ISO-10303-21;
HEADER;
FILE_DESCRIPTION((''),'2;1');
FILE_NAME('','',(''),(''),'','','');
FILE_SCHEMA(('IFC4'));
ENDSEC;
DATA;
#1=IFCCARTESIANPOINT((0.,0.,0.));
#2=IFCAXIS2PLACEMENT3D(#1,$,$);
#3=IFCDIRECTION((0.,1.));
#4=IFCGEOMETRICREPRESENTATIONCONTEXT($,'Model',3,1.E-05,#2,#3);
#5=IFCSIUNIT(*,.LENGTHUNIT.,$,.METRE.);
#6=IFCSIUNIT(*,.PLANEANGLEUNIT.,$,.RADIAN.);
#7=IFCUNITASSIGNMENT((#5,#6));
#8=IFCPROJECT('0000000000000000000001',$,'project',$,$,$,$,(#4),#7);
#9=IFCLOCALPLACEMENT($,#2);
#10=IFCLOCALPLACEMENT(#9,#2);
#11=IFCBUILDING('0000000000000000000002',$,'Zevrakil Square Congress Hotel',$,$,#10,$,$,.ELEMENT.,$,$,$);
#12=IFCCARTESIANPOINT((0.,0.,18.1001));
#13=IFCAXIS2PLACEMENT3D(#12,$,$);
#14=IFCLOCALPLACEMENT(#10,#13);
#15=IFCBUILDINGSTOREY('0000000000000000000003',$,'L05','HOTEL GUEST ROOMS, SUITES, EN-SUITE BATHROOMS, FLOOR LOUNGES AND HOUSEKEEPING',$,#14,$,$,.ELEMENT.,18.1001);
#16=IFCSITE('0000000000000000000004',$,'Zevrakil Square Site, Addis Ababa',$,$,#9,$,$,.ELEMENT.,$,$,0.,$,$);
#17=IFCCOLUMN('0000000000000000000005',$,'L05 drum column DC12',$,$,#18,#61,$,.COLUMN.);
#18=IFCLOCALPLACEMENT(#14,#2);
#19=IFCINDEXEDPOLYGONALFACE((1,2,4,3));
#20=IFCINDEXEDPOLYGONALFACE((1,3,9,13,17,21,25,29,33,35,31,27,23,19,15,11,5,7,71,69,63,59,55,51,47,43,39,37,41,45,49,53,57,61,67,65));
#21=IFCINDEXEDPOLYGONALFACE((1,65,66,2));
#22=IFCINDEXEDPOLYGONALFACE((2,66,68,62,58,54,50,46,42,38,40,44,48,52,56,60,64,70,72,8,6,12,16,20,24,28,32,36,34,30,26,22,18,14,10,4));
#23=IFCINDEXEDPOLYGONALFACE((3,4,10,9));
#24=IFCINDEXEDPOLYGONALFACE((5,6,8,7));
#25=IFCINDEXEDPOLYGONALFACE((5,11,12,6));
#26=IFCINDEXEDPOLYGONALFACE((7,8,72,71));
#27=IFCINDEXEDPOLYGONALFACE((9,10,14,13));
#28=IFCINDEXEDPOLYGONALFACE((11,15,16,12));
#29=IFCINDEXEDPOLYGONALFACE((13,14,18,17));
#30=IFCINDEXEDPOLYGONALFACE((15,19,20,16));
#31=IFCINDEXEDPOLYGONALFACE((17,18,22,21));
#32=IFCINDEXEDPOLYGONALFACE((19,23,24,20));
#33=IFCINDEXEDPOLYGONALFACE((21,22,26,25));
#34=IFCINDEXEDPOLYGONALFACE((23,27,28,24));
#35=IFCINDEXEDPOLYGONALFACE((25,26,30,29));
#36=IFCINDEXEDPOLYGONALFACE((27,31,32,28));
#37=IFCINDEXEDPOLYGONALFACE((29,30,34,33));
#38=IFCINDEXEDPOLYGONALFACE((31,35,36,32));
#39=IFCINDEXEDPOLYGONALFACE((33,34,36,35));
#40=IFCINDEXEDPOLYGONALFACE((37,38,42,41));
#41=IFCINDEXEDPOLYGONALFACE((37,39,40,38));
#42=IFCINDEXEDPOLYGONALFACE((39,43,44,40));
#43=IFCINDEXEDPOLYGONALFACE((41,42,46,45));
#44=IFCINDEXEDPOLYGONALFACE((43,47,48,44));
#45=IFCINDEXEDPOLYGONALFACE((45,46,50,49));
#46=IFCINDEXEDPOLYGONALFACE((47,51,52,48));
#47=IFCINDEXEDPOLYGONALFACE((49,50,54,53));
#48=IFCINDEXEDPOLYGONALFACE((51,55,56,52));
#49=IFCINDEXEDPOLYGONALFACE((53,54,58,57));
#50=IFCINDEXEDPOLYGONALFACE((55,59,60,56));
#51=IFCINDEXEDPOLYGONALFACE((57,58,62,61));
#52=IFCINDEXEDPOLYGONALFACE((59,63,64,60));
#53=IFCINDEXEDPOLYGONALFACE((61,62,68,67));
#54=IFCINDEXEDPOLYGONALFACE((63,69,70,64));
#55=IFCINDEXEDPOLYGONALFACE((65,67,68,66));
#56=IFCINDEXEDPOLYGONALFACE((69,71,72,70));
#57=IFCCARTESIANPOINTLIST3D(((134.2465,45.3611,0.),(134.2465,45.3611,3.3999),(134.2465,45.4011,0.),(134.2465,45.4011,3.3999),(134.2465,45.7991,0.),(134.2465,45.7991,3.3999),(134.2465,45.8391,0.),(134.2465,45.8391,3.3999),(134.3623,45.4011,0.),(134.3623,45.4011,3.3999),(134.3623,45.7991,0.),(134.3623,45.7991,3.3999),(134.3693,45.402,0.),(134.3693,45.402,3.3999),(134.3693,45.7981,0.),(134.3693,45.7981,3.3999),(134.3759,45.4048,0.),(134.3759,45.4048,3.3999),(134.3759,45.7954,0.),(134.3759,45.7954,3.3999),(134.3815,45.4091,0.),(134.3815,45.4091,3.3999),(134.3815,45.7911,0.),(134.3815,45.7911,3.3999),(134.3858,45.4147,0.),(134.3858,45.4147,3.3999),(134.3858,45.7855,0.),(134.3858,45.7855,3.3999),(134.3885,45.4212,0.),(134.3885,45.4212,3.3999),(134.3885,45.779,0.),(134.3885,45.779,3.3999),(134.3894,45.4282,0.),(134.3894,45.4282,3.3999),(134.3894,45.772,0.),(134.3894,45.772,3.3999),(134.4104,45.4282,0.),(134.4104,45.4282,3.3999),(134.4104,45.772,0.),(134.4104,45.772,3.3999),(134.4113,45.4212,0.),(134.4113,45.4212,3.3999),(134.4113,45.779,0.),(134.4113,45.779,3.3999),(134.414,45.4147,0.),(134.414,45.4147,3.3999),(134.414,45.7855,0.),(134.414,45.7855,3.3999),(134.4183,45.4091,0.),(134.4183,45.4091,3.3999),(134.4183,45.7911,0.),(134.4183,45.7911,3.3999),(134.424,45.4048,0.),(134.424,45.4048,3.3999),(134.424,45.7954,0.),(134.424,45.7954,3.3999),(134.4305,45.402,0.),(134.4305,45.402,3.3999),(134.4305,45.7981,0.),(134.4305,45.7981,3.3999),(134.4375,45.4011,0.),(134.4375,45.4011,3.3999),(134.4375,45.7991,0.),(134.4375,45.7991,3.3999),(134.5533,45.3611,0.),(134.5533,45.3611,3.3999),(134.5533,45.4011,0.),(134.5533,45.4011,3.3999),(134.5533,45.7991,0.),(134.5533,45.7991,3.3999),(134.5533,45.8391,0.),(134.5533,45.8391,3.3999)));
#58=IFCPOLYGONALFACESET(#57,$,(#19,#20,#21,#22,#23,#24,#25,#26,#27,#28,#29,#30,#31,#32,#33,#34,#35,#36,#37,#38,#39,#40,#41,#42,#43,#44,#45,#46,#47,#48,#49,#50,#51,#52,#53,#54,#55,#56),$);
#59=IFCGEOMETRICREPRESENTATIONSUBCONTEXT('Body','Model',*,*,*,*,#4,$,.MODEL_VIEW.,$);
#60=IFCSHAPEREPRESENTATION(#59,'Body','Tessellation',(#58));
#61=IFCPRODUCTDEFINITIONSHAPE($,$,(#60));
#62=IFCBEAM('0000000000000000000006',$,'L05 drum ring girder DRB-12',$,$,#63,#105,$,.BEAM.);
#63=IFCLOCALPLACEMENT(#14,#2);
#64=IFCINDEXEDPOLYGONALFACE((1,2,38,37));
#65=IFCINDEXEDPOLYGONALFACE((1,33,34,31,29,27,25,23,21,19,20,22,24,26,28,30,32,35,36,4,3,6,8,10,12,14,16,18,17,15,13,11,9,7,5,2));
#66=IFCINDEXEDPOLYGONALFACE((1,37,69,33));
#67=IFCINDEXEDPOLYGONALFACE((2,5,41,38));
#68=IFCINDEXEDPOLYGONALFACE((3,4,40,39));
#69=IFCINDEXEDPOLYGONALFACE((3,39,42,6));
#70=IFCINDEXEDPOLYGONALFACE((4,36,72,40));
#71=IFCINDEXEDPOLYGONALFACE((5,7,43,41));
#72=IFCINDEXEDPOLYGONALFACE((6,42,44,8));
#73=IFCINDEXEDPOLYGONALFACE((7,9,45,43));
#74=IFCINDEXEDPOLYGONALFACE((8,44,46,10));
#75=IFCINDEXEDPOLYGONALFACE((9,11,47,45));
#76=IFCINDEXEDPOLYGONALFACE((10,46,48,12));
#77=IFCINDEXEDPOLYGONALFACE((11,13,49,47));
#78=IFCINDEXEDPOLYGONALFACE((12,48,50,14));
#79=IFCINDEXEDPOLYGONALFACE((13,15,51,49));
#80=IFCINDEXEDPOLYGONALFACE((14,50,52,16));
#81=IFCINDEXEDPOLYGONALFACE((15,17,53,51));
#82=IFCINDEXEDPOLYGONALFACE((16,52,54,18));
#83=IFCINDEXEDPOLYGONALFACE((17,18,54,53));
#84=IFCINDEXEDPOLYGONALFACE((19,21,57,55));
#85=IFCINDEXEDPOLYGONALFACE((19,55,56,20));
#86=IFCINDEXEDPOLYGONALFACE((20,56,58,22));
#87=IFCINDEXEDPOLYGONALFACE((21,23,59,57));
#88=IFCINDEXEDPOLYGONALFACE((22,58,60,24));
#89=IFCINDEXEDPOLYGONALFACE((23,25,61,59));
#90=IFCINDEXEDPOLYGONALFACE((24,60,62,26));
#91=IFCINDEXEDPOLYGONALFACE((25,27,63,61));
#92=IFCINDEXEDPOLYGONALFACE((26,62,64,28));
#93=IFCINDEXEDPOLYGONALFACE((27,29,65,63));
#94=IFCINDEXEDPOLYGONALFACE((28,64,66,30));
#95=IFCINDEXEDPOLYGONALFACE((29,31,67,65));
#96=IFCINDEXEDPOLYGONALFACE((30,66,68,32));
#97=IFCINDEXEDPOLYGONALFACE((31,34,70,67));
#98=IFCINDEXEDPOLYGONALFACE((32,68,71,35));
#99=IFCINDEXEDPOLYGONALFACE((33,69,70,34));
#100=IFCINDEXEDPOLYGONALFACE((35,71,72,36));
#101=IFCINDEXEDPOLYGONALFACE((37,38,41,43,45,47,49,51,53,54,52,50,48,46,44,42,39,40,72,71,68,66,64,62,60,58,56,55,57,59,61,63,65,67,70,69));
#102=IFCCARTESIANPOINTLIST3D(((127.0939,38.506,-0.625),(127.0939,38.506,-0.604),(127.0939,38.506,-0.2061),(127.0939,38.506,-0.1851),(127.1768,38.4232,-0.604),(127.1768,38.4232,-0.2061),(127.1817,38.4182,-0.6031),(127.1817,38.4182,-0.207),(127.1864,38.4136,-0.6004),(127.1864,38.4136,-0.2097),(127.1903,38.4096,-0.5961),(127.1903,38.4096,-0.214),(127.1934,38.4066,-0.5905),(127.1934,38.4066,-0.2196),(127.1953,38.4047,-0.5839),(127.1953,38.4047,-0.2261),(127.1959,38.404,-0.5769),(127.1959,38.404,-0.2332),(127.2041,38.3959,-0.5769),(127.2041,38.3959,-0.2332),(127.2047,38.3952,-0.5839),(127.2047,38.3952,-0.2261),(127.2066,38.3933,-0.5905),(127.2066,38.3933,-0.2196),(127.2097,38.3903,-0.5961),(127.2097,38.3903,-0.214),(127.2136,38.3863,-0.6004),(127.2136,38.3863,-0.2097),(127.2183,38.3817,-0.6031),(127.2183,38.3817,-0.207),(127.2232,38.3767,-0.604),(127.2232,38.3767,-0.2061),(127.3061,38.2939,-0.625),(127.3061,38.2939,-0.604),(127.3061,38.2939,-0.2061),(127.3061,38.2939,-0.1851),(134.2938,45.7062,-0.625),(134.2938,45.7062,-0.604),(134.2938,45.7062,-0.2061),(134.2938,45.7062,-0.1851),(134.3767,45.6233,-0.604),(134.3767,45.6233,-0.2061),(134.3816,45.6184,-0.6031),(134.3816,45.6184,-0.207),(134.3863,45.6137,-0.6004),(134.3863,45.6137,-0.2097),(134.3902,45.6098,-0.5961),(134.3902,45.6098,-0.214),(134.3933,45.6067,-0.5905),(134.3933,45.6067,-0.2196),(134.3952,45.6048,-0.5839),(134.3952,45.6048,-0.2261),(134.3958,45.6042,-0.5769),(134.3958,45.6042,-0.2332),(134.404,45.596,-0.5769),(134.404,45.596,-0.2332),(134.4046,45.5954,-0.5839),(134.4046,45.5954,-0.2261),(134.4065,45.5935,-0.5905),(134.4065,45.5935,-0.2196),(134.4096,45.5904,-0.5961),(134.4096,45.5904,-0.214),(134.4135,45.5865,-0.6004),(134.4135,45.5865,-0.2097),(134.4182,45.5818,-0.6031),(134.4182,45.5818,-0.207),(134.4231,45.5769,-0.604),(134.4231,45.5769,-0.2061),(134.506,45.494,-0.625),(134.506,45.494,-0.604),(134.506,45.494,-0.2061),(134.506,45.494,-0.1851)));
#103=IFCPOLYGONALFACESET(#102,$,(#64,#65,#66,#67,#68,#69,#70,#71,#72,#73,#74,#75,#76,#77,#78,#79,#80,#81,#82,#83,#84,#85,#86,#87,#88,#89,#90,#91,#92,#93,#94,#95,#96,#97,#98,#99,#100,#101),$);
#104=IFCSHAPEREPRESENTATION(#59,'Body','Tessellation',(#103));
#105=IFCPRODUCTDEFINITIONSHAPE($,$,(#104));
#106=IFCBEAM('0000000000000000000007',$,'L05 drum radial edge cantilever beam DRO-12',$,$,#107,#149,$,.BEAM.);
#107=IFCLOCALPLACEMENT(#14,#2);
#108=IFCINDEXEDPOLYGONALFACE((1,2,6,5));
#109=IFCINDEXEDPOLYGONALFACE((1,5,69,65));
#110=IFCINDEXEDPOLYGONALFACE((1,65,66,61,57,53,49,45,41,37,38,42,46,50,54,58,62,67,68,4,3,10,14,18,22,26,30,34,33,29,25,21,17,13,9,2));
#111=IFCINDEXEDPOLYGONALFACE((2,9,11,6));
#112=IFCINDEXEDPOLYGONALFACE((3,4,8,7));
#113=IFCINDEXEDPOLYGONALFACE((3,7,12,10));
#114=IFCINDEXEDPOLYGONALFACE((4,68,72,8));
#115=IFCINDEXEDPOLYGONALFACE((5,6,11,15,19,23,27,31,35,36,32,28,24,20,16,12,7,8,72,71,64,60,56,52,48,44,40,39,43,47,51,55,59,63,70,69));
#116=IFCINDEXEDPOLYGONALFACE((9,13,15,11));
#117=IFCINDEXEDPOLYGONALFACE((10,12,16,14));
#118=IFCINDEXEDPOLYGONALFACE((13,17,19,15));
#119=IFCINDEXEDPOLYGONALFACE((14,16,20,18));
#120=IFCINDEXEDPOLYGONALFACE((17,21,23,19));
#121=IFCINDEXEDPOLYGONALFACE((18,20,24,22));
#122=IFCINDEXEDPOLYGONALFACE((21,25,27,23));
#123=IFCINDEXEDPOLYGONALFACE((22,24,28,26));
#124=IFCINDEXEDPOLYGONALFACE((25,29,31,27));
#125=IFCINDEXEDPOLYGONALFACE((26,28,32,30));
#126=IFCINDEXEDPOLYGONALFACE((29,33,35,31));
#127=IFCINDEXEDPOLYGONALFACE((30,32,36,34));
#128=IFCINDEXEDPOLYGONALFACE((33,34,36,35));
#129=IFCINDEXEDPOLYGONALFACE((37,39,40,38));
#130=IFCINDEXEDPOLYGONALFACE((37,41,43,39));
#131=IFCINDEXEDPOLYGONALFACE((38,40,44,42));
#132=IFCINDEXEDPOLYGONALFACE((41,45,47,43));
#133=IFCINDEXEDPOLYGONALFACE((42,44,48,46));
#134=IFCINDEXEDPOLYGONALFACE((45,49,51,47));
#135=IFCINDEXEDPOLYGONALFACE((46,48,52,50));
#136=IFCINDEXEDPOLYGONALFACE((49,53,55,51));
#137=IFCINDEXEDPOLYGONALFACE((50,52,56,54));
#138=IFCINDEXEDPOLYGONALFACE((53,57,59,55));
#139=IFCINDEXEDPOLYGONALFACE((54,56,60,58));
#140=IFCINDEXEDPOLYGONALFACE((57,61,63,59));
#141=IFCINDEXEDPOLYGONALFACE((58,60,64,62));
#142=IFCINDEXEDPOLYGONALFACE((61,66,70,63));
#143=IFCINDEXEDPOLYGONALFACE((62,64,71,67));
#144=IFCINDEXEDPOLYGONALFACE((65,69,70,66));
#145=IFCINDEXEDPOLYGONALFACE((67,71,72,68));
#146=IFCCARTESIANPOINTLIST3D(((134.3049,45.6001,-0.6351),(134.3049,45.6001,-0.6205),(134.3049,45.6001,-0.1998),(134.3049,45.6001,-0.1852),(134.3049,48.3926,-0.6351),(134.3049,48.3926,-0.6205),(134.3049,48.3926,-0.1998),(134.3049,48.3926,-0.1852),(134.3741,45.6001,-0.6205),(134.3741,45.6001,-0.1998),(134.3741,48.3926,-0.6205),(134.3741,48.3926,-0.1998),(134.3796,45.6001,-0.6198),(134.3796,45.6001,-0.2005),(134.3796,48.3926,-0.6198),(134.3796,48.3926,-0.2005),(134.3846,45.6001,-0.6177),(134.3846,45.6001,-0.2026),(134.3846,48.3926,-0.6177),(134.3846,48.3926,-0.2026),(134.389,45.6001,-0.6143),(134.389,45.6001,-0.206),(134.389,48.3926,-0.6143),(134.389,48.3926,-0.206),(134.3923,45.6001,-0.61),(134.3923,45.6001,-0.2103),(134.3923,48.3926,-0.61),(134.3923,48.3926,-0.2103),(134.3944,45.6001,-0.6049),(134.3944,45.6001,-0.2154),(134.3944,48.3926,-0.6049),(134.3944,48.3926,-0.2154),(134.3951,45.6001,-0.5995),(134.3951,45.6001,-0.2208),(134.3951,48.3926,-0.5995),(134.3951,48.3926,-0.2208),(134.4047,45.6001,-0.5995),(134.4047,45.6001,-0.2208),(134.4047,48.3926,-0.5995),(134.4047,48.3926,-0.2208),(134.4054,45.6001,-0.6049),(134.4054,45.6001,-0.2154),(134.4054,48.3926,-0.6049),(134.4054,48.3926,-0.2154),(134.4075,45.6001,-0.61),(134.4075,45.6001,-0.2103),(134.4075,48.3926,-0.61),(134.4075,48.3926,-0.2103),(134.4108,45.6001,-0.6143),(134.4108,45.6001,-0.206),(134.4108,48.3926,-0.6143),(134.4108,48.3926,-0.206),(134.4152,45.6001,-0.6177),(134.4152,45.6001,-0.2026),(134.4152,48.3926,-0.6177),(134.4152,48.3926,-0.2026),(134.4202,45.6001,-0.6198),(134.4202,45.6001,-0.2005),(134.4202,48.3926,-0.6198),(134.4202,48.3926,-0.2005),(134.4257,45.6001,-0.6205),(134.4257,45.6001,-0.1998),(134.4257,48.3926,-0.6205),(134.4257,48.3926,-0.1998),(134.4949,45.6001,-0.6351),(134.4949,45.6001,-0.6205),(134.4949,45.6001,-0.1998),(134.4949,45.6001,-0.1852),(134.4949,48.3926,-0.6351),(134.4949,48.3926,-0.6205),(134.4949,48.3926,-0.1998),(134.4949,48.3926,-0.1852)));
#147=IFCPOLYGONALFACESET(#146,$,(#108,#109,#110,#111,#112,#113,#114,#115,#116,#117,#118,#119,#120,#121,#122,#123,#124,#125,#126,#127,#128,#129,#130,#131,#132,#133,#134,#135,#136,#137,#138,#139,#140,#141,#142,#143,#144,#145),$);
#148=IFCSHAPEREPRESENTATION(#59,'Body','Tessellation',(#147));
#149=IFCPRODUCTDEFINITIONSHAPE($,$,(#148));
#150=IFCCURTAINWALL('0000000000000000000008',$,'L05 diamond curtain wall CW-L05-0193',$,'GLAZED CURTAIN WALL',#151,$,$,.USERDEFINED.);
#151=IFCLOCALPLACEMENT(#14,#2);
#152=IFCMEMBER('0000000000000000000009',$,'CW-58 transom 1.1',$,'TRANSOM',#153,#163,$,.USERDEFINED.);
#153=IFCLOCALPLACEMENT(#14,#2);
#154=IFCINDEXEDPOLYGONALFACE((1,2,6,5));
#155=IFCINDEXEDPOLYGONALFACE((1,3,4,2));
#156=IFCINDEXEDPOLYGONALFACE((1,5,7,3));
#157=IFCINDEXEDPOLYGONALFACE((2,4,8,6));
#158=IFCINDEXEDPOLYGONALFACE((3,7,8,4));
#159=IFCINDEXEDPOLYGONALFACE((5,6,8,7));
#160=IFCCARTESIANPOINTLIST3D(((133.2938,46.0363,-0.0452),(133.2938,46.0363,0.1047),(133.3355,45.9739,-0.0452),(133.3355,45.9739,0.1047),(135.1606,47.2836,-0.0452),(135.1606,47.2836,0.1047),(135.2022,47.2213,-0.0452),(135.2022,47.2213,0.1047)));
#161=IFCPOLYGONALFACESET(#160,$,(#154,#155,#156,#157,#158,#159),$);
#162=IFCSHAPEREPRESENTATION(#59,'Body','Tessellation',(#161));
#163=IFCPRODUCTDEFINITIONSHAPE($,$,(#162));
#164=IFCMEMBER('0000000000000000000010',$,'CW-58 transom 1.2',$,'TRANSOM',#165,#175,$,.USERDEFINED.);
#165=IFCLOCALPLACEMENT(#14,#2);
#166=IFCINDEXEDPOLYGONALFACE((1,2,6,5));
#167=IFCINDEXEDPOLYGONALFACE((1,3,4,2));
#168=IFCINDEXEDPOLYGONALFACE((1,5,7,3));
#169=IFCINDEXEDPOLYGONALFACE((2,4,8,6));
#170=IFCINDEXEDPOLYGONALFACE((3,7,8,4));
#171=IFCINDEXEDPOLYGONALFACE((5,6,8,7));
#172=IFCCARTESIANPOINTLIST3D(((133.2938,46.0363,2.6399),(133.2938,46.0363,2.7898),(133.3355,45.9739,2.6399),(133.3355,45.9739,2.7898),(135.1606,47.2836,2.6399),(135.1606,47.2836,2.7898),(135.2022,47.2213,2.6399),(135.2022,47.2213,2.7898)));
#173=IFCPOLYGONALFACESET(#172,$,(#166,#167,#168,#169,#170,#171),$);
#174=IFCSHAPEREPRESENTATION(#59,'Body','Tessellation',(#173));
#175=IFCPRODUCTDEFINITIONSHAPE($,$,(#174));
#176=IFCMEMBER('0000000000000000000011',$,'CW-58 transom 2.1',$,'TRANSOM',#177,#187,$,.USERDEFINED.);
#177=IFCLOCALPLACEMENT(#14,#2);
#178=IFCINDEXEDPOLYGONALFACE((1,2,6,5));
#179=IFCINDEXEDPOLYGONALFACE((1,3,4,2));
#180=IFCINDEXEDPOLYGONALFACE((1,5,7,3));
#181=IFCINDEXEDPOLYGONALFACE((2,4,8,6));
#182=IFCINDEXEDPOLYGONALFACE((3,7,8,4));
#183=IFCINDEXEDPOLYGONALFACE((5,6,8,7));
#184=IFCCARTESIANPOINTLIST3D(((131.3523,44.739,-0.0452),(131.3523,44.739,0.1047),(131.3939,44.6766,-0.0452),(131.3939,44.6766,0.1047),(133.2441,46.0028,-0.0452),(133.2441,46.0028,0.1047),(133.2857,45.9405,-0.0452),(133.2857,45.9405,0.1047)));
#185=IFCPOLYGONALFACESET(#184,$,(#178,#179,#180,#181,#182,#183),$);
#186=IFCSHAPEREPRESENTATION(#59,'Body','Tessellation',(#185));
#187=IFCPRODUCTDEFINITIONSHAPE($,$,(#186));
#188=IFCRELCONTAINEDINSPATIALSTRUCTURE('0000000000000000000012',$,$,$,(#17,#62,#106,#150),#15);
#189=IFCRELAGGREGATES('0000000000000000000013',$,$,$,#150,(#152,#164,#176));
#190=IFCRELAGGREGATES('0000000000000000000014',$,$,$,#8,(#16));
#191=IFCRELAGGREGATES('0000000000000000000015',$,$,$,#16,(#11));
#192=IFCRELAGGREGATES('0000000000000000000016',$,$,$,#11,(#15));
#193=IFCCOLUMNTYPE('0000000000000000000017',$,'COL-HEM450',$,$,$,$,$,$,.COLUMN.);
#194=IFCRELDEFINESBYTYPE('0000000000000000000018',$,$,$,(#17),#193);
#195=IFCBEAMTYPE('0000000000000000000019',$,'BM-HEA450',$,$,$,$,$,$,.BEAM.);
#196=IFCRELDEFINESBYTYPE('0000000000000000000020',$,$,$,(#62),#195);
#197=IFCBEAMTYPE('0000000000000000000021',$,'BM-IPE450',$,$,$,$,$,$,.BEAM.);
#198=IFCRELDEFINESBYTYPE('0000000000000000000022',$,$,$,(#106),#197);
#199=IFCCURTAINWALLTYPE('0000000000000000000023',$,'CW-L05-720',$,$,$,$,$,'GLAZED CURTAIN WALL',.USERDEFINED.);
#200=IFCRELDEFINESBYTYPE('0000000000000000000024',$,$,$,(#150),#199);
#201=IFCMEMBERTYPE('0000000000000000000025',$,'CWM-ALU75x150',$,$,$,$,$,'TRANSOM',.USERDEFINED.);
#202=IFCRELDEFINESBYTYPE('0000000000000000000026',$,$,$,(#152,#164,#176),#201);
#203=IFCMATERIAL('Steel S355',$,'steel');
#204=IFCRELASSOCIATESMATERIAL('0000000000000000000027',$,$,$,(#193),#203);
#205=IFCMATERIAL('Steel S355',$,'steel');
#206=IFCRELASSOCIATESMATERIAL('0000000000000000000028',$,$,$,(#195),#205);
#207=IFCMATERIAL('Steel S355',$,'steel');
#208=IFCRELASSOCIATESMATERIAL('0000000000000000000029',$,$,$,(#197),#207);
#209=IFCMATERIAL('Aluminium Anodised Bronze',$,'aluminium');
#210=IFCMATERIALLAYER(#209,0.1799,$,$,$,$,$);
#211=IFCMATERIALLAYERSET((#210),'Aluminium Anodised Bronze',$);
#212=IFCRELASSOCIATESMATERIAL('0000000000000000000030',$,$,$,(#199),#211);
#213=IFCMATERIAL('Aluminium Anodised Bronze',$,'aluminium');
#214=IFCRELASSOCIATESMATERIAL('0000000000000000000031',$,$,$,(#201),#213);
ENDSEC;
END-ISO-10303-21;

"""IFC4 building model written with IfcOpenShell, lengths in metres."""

from ifc_helpers import new_model, si_unit, direction, frame, origin, origin_2d, place, context, subcontext, project, spatial, rectangle, i_section, extrude, material, layer, layer_set, material_profile, profile_set, type_object, element, aggregate, save


model = new_model("IFC4")

# Units and contexts
model_context = context("Model", 3, precision=1e-05, world=origin(), true_north=direction((0.0, 1.0)))
body_context = subcontext(model_context, "Body", "Model", "MODEL_VIEW")
ifc_project = project(units=[si_unit("LENGTHUNIT", "METRE"), si_unit("PLANEANGLEUNIT", "RADIAN")], contexts=[model_context])

# Site, building, storey
site_placement = place(None, origin())
site = spatial("IfcSite", under=ifc_project, at=site_placement, Name="Zevrakil Square Site, Addis Ababa", CompositionType="ELEMENT", RefElevation=0.0)
building_placement = place(site_placement, origin())
building = spatial("IfcBuilding", under=site, at=building_placement, Name="Zevrakil Square Congress Hotel", CompositionType="ELEMENT")
storey_placement = place(building_placement, frame((0.0, 0.0, 18.1001)))
storey = spatial("IfcBuildingStorey", under=building, at=storey_placement, Name="L05", Description="HOTEL GUEST ROOMS, SUITES, EN-SUITE BATHROOMS, FLOOR LOUNGES AND HOUSEKEEPING", CompositionType="ELEMENT", Elevation=18.1001)

# Column
ifc_material_1 = material(Name="Steel S355", Category="steel")
ifc_material_profile_1 = material_profile(ifc_material_1, i_section(OverallWidth=0.3069, OverallDepth=0.478, WebThickness=0.021, FlangeThickness=0.04, FilletRadius=0.0271, at=origin_2d()), Name="HEM 450")
ifc_profile_set_1 = profile_set([ifc_material_profile_1], Name="Steel S355")
column_type = type_object("IfcColumnType", Name="COL-HEM450", PredefinedType="COLUMN", material=ifc_profile_set_1)
column_placement = place(storey_placement, frame((134.3999, 45.6001, 0.0), z_axis=(0.0, 0.0, 1.0), x_axis=(1.0, 0.0, 0.0)))
element("IfcColumn", 1, at=column_placement, inside=storey, type_object=column_type, Name="L05 drum column DC12", PredefinedType="COLUMN", context=body_context, shape_type="SweptSolid", body=[
    extrude(i_section(OverallWidth=0.3069, OverallDepth=0.478, WebThickness=0.021, FlangeThickness=0.04, FilletRadius=0.0271, at=origin_2d()), origin(), (0.0, 0.0, 1.0), 3.3999),
])

# Beams
ifc_material_2 = material(Name="Steel S355", Category="steel")
ifc_material_profile_2 = material_profile(ifc_material_2, i_section(OverallWidth=0.3, OverallDepth=0.4399, WebThickness=0.0115, FlangeThickness=0.021, FilletRadius=0.0271, at=origin_2d()), Name="HEA 450")
ifc_profile_set_2 = profile_set([ifc_material_profile_2], Name="Steel S355")
beam_type_1 = type_object("IfcBeamType", Name="BM-HEA450", PredefinedType="BEAM", material=ifc_profile_set_2)
beam_1_placement = place(storey_placement, frame((134.3999, 45.6001, -0.405), z_axis=(-0.707095, -0.707119, 0.0), x_axis=(0.707119, -0.707095, 0.0)))
element("IfcBeam", 2, at=beam_1_placement, inside=storey, type_object=beam_type_1, Name="L05 drum ring girder DRB-12", PredefinedType="BEAM", context=body_context, shape_type="SweptSolid", body=[
    extrude(i_section(OverallWidth=0.3, OverallDepth=0.4399, WebThickness=0.0115, FlangeThickness=0.021, FilletRadius=0.0271, at=origin_2d()), origin(), (0.0, 0.0, 1.0), 10.1824),
])
ifc_material_3 = material(Name="Steel S355", Category="steel")
ifc_material_profile_3 = material_profile(ifc_material_3, i_section(OverallWidth=0.1899, OverallDepth=0.45, WebThickness=0.0095, FlangeThickness=0.0146, FilletRadius=0.021, at=origin_2d()), Name="IPE 450")
ifc_profile_set_3 = profile_set([ifc_material_profile_3], Name="Steel S355")
beam_type_2 = type_object("IfcBeamType", Name="BM-IPE450", PredefinedType="BEAM", material=ifc_profile_set_3)
beam_2_placement = place(storey_placement, frame((134.3999, 45.6001, -0.4102), z_axis=(0.0, 1.0, 0.0), x_axis=(-1.0, 0.0, 0.0)))
element("IfcBeam", 3, at=beam_2_placement, inside=storey, type_object=beam_type_2, Name="L05 drum radial edge cantilever beam DRO-12", PredefinedType="BEAM", context=body_context, shape_type="SweptSolid", body=[
    extrude(i_section(OverallWidth=0.1899, OverallDepth=0.45, WebThickness=0.0095, FlangeThickness=0.0146, FilletRadius=0.021, at=origin_2d()), origin(), (0.0, 0.0, 1.0), 2.7925),
])

# Curtain wall, members
ifc_material_4 = material(Name="Aluminium Anodised Bronze", Category="aluminium")
ifc_layer_1 = layer(ifc_material_4, 0.1799)
ifc_layer_set_1 = layer_set([ifc_layer_1], Name="Aluminium Anodised Bronze")
curtain_wall_type = type_object("IfcCurtainWallType", Name="CW-L05-720", ElementType="GLAZED CURTAIN WALL", PredefinedType="USERDEFINED", material=ifc_layer_set_1)
curtain_wall_placement = place(storey_placement, origin())
curtain_wall = element("IfcCurtainWall", 4, at=curtain_wall_placement, inside=storey, type_object=curtain_wall_type, Name="L05 diamond curtain wall CW-L05-0193", ObjectType="GLAZED CURTAIN WALL", PredefinedType="USERDEFINED")
ifc_material_5 = material(Name="Aluminium Anodised Bronze", Category="aluminium")
ifc_material_profile_4 = material_profile(ifc_material_5, rectangle(XDim=0.075, YDim=0.1499, at=origin_2d()), Name="ALU 75x150")
ifc_profile_set_4 = profile_set([ifc_material_profile_4], Name="Aluminium Anodised Bronze")
member_type_1 = type_object("IfcMemberType", Name="CWM-ALU75x150", ElementType="TRANSOM", PredefinedType="USERDEFINED", material=ifc_profile_set_4)
member_1_placement = place(storey_placement, frame((135.1814, 47.2524, 0.0298), z_axis=(-0.831464, -0.555578, 0.0), x_axis=(0.555578, -0.831464, 0.0)))
member_1 = element("IfcMember", 5, at=member_1_placement, type_object=member_type_1, Name="CW-58 transom 1.1", ObjectType="TRANSOM", PredefinedType="USERDEFINED", context=body_context, shape_type="SweptSolid", body=[
    extrude(rectangle(XDim=0.075, YDim=0.1499, at=origin_2d()), origin(), (0.0, 0.0, 1.0), 2.2451),
])
member_2_placement = place(storey_placement, frame((135.1814, 47.2524, 2.7148), z_axis=(-0.831464, -0.555578, 0.0), x_axis=(0.555578, -0.831464, 0.0)))
member_2 = element("IfcMember", 6, at=member_2_placement, type_object=member_type_1, Name="CW-58 transom 1.2", ObjectType="TRANSOM", PredefinedType="USERDEFINED", context=body_context, shape_type="SweptSolid", body=[
    extrude(rectangle(XDim=0.075, YDim=0.1499, at=origin_2d()), origin(), (0.0, 0.0, 1.0), 2.2451),
])
member_3_placement = place(storey_placement, frame((133.2649, 45.9717, 0.0298), z_axis=(-0.831505, -0.555517, 0.0), x_axis=(0.555517, -0.831505, 0.0)))
member_3 = element("IfcMember", 7, at=member_3_placement, type_object=member_type_1, Name="CW-58 transom 2.1", ObjectType="TRANSOM", PredefinedType="USERDEFINED", context=body_context, shape_type="SweptSolid", body=[
    extrude(rectangle(XDim=0.075, YDim=0.1499, at=origin_2d()), origin(), (0.0, 0.0, 1.0), 2.2751),
])
aggregate(curtain_wall, [member_1, member_2, member_3])

save(model, "model.ifc")
